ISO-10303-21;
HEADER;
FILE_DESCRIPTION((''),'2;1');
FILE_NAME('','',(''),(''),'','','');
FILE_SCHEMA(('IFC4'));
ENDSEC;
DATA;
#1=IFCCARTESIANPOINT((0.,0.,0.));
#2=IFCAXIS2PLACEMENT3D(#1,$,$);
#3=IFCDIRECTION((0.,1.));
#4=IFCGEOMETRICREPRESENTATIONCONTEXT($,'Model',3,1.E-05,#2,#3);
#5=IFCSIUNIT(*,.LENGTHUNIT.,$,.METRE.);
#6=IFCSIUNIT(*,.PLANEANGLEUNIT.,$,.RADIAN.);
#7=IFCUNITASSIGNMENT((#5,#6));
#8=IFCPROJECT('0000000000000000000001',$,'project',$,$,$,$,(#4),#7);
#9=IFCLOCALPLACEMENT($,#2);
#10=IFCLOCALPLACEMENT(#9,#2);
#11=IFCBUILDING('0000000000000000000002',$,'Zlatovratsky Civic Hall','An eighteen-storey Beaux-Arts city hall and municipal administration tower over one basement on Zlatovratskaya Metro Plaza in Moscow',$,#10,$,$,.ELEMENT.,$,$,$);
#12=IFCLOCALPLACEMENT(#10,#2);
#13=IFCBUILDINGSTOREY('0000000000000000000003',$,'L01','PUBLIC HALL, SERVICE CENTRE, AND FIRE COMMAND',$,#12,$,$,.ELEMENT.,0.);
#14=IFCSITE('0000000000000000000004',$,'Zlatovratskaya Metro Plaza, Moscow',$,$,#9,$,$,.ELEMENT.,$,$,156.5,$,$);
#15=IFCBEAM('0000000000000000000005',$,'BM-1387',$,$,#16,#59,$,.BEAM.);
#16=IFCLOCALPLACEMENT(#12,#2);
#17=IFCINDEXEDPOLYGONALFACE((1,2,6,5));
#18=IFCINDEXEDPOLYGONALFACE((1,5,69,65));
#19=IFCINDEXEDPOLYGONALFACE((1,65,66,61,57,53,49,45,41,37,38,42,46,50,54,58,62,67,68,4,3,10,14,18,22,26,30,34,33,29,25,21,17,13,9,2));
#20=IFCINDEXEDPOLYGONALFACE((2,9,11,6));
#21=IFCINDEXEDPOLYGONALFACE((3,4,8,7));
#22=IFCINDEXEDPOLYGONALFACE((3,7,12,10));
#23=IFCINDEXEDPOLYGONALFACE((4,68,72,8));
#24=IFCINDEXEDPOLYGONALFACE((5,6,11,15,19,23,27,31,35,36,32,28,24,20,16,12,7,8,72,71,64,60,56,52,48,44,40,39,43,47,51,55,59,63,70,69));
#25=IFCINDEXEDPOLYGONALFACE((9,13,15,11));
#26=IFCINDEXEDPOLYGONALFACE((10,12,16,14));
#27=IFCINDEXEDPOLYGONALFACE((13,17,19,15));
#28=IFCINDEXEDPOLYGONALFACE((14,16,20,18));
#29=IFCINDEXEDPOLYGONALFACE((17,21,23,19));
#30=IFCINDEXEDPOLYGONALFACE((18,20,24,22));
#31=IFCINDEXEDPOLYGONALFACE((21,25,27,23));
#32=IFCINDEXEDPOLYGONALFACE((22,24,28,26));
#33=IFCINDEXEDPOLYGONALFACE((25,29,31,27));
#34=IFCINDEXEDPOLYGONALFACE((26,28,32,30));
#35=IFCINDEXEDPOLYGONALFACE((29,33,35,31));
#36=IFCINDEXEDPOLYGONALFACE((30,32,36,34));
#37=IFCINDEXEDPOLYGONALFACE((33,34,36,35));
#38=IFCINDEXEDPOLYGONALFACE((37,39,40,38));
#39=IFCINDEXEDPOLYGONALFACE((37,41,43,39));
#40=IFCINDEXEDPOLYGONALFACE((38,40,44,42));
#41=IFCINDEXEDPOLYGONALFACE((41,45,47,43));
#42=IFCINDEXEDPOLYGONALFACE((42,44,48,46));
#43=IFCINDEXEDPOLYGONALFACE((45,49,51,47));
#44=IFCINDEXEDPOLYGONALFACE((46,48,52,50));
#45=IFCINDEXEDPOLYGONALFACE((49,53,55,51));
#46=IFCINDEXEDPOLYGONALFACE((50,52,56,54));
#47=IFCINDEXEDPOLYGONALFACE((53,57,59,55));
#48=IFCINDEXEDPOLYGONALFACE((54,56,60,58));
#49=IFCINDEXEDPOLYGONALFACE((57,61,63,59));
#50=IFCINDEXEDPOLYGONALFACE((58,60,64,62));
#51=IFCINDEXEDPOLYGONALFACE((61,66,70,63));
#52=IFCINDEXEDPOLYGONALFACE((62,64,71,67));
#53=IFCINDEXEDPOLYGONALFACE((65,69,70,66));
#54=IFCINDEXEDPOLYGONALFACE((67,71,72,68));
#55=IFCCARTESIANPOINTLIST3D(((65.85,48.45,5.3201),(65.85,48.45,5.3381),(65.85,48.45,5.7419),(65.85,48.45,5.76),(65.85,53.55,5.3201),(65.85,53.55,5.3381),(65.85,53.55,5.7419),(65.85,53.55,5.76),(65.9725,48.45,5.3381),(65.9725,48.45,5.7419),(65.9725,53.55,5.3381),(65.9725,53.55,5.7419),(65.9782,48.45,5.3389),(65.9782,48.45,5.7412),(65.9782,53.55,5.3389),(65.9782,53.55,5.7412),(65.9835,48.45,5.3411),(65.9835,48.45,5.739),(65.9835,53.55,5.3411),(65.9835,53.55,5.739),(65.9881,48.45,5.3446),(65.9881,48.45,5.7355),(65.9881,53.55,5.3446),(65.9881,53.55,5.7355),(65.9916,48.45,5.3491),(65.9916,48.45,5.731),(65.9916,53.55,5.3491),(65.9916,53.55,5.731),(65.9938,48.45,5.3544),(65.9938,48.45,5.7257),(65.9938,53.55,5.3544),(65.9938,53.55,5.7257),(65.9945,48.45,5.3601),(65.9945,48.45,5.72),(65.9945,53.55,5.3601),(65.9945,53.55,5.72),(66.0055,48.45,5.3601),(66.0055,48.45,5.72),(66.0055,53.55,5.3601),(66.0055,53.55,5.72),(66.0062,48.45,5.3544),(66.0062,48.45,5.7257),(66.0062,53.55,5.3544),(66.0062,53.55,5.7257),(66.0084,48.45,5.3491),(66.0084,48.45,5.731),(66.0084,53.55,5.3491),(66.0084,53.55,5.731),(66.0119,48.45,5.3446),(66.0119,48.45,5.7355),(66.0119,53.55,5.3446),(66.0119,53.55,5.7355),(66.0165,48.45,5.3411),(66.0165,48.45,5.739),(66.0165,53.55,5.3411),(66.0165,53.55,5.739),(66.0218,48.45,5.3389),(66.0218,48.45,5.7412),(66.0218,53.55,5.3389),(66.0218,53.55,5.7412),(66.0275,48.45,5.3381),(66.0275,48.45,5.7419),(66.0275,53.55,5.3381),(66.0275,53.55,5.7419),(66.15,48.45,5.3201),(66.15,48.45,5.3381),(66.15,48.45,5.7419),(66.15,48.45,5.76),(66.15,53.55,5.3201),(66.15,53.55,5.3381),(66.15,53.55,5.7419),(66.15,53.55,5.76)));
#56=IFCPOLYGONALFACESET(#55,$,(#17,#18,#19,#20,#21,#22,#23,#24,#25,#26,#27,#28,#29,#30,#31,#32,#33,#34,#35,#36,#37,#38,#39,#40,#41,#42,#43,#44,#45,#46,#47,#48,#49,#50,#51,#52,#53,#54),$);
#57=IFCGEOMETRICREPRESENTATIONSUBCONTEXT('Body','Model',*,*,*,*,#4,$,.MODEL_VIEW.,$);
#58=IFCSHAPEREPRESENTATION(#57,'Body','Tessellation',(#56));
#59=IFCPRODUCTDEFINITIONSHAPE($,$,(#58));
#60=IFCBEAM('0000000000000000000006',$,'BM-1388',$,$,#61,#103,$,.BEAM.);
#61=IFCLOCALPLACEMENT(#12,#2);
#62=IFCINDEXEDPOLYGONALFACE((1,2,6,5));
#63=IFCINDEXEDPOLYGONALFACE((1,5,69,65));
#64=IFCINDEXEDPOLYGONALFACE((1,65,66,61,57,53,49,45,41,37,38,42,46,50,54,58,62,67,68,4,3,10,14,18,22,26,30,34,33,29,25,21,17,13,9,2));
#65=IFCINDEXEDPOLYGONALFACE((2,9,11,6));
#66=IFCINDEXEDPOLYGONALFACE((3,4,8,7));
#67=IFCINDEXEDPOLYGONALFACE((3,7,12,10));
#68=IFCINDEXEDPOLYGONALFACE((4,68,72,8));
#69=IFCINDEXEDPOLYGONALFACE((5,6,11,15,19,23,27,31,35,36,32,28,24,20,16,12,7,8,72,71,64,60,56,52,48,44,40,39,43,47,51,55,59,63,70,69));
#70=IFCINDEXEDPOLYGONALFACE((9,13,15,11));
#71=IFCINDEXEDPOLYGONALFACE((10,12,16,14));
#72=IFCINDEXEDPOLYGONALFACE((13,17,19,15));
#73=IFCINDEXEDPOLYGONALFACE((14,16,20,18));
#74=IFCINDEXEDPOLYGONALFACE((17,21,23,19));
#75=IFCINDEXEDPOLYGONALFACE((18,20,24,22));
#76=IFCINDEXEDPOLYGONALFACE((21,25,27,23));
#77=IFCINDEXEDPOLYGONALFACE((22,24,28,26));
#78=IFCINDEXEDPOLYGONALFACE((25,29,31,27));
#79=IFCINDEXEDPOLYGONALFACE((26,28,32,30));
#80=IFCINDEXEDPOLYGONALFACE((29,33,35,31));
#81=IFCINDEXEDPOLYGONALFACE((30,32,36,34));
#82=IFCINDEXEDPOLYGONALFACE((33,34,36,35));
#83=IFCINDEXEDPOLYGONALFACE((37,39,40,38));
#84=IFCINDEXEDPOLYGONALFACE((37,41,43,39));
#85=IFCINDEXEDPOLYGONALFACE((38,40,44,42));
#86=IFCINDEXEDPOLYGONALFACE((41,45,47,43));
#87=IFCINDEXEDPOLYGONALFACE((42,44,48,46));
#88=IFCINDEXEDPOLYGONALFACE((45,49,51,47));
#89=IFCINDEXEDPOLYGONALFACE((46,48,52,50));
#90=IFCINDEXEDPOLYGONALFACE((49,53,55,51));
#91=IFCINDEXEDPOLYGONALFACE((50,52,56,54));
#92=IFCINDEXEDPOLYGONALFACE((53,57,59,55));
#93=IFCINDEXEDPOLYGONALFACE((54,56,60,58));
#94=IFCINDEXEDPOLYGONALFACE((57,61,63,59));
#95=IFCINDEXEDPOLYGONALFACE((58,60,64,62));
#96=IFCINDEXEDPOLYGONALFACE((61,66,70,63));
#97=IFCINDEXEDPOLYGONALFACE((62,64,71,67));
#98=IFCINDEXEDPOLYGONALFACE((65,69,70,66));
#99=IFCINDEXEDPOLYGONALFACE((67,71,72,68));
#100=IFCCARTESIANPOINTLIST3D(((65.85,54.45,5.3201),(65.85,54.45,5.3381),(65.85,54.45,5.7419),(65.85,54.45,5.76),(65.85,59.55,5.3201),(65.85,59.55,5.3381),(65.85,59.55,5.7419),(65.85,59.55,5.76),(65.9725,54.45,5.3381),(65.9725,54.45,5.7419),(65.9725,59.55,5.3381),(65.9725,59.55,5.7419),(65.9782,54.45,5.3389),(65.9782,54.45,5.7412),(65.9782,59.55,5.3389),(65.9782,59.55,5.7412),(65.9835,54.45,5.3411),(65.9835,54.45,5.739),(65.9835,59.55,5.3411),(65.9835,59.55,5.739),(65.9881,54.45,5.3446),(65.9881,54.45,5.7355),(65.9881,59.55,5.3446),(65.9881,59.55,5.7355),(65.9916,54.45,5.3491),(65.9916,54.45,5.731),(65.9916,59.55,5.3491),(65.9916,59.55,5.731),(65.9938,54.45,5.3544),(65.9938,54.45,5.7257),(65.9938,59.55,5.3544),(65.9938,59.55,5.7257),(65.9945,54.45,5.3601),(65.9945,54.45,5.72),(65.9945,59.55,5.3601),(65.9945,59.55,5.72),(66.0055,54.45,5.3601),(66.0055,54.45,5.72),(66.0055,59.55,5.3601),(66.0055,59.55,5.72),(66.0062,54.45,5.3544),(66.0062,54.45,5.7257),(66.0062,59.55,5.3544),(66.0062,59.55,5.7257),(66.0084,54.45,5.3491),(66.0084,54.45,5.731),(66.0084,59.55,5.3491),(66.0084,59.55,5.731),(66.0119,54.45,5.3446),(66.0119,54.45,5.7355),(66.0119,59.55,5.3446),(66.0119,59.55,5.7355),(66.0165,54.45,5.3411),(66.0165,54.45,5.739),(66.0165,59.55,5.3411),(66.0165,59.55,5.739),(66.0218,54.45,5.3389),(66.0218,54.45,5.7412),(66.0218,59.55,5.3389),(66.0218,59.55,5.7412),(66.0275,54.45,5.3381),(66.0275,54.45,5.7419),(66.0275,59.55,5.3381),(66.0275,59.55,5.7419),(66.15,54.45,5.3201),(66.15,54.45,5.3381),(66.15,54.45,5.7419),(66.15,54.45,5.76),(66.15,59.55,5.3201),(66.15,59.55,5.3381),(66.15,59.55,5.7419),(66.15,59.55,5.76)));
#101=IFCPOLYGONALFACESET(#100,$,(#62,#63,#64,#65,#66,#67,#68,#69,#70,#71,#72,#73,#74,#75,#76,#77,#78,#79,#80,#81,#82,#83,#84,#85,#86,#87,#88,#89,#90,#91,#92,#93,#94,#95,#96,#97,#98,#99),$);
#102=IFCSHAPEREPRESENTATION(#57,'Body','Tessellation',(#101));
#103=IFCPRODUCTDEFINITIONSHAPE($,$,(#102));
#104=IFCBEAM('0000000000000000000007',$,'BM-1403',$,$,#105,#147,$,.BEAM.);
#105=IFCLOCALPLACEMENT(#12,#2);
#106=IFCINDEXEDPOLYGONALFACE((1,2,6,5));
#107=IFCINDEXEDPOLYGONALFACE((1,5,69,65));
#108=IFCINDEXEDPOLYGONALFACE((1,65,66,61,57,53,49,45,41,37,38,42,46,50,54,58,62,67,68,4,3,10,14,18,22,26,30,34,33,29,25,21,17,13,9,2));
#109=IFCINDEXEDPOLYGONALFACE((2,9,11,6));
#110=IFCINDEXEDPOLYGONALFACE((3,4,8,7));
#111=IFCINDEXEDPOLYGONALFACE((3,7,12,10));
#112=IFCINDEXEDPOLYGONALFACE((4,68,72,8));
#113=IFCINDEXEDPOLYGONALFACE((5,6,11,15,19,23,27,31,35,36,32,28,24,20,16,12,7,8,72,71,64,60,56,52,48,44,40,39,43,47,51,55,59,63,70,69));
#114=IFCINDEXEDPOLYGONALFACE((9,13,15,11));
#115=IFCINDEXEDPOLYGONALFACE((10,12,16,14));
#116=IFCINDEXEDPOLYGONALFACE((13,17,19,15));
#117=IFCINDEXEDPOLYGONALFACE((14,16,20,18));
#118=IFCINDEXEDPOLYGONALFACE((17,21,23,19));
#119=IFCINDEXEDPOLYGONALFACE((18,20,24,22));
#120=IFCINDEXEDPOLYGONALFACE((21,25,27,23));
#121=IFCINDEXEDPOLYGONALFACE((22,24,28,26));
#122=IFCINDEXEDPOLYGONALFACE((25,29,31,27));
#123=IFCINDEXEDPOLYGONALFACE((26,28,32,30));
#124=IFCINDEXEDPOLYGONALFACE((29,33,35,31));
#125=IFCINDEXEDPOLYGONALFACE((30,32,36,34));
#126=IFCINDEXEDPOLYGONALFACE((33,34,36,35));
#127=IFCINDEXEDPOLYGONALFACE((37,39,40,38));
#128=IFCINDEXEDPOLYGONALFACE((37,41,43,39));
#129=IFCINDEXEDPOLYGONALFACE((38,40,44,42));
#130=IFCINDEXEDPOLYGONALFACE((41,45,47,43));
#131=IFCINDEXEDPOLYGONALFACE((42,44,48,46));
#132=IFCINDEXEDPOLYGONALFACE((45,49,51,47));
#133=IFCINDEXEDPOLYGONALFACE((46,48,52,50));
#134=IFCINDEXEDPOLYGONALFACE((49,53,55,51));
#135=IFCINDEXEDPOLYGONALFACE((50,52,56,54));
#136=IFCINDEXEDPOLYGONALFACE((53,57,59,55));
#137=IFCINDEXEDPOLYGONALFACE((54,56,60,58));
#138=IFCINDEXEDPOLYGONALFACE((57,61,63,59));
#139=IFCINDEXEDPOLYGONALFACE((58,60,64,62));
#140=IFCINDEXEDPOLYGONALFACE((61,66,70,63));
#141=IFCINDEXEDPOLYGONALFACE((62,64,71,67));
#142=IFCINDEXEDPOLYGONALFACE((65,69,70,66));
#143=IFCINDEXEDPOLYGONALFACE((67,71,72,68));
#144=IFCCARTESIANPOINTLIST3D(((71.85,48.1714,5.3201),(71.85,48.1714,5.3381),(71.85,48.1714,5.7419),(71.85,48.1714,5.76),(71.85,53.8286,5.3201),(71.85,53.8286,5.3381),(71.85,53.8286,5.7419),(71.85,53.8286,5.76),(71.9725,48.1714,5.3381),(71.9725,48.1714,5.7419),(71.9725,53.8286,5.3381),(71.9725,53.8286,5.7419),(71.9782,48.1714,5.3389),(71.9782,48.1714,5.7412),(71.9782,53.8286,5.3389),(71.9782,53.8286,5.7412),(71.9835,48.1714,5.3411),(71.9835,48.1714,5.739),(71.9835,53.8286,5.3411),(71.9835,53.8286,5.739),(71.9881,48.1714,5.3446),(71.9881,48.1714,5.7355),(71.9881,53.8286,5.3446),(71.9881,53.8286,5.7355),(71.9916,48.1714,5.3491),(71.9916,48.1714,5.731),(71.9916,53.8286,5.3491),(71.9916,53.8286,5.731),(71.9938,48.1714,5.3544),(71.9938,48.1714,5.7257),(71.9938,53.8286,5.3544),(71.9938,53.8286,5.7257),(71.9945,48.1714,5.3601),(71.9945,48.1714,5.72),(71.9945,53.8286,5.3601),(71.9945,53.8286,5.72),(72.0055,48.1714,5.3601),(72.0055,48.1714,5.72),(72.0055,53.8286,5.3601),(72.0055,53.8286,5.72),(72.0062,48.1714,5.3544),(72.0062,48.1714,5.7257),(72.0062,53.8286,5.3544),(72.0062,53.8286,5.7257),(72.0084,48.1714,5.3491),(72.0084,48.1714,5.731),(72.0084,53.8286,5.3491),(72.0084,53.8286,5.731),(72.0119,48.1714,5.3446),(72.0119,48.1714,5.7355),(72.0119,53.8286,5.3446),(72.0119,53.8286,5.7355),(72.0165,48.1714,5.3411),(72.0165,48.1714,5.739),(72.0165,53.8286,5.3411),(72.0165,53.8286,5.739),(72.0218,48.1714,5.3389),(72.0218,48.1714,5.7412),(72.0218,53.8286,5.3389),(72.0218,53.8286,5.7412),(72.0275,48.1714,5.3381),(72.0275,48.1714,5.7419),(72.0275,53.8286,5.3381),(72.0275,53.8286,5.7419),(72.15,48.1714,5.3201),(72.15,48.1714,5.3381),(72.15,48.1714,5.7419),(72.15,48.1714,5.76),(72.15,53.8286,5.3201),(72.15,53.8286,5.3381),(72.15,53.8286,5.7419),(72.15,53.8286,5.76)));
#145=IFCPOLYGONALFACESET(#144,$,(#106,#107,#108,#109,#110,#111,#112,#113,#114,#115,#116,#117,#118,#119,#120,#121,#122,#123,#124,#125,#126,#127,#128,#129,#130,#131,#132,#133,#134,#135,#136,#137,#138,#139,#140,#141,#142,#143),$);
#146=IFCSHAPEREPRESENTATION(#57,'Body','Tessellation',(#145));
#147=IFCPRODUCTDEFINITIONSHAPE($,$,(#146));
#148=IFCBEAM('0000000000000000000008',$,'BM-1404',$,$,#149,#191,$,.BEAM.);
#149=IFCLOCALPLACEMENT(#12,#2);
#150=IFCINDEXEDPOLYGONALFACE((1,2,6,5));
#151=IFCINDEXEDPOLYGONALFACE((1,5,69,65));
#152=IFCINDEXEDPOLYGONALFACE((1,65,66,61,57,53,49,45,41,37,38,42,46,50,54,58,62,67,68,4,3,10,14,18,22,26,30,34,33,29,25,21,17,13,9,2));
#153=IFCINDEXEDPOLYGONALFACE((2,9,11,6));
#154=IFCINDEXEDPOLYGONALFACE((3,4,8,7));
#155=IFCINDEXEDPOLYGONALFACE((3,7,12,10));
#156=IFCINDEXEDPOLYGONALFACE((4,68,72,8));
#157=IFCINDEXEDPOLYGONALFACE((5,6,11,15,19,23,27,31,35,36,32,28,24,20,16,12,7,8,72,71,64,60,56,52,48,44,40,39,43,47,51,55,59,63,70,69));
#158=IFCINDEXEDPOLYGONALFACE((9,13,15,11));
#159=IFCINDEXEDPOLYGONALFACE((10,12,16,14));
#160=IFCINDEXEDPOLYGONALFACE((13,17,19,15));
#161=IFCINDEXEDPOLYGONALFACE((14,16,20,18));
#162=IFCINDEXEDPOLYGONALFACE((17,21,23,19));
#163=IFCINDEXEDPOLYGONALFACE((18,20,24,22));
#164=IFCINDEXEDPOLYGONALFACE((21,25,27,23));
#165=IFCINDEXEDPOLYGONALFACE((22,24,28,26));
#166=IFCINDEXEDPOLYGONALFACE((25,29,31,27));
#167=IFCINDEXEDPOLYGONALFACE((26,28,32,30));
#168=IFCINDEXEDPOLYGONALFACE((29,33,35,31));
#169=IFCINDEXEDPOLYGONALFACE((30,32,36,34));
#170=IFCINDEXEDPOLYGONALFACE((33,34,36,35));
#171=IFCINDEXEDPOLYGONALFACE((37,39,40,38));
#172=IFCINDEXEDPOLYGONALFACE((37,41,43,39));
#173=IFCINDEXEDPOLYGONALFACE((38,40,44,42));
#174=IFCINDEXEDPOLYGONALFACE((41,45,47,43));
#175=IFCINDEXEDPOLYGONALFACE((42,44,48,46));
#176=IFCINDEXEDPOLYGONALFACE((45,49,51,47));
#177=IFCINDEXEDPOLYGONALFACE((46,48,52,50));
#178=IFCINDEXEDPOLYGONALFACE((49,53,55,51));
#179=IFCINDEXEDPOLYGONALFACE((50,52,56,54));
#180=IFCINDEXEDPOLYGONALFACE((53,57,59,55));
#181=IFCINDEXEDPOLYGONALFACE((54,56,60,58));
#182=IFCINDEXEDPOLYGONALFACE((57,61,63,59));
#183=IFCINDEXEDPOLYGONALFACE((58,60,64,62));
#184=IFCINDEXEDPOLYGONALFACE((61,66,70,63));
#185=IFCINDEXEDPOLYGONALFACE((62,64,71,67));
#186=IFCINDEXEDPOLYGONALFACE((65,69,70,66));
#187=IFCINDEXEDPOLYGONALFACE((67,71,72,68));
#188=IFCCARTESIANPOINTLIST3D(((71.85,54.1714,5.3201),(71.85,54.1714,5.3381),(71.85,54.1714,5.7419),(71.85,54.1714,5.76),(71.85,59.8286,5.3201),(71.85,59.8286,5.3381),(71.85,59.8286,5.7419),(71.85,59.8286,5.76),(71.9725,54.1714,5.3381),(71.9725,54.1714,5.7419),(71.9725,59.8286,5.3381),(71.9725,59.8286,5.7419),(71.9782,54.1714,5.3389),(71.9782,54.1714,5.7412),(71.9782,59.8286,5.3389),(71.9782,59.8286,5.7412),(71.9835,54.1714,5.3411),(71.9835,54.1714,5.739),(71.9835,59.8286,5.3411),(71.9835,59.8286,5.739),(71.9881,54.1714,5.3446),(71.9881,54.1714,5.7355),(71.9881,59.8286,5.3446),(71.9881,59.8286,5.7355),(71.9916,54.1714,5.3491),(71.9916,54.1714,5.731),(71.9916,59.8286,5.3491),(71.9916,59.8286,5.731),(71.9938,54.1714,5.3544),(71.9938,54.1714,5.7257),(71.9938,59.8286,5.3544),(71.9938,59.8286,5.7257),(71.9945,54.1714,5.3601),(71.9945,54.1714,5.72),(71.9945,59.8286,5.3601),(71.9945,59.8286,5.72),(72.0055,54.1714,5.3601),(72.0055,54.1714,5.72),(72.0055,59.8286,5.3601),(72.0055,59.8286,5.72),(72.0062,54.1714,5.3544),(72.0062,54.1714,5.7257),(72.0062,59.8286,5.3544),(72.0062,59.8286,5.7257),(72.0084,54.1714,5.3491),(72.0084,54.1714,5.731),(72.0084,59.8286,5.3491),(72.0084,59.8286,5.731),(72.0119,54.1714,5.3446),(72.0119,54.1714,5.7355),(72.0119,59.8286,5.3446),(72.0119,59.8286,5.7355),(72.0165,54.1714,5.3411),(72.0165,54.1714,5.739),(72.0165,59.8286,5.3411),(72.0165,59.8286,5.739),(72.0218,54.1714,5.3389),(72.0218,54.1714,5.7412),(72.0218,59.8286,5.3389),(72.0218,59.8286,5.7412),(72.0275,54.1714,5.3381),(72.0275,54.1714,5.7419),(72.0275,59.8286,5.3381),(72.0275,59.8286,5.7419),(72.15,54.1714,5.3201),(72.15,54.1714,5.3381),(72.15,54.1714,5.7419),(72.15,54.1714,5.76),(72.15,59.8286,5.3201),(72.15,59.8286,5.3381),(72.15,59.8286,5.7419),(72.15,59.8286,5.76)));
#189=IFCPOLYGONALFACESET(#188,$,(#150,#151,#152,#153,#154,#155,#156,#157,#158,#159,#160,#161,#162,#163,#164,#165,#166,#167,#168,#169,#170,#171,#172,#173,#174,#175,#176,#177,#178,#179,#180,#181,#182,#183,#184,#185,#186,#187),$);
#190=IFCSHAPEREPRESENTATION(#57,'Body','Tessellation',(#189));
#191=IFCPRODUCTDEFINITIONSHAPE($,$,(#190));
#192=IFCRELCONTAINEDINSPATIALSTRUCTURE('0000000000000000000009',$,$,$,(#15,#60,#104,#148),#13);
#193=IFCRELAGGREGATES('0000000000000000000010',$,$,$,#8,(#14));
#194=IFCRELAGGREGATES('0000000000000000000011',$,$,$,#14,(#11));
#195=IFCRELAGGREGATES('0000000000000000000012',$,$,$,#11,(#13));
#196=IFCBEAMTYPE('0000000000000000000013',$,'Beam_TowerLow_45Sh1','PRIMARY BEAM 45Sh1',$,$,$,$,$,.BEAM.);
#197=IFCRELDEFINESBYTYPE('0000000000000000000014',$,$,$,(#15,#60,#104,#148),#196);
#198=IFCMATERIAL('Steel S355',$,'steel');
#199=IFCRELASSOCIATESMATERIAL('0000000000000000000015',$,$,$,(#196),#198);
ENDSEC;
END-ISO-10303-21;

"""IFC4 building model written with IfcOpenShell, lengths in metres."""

from ifc_helpers import new_model, si_unit, direction, frame, origin, origin_2d, place, context, subcontext, project, spatial, i_section, extrude, material, material_profile, profile_set, type_object, element, save


model = new_model("IFC4")

# Units and contexts
model_context = context("Model", 3, precision=1e-05, world=origin(), true_north=direction((0.0, 1.0)))
body_context = subcontext(model_context, "Body", "Model", "MODEL_VIEW")
ifc_project = project(units=[si_unit("LENGTHUNIT", "METRE"), si_unit("PLANEANGLEUNIT", "RADIAN")], contexts=[model_context])

# Site, building, storey
site_placement = place(None, origin())
site = spatial("IfcSite", under=ifc_project, at=site_placement, Name="Zlatovratskaya Metro Plaza, Moscow", CompositionType="ELEMENT", RefElevation=156.5)
building_placement = place(site_placement, origin())
building = spatial("IfcBuilding", under=site, at=building_placement, Name="Zlatovratsky Civic Hall", Description="An eighteen-storey Beaux-Arts city hall and municipal administration tower over one basement on Zlatovratskaya Metro Plaza in Moscow", CompositionType="ELEMENT")
storey_placement = place(building_placement, origin())
storey = spatial("IfcBuildingStorey", under=building, at=storey_placement, Name="L01", Description="PUBLIC HALL, SERVICE CENTRE, AND FIRE COMMAND", CompositionType="ELEMENT", Elevation=0.0)

# Shared definitions
ifc_material_1 = material(Name="Steel S355", Category="steel")

# Beams
ifc_material_profile_1 = material_profile(ifc_material_1, i_section(OverallWidth=0.3, OverallDepth=0.4399, WebThickness=0.011, FlangeThickness=0.0181, FilletRadius=0.022, at=origin_2d()), Name="45Sh1")
ifc_profile_set_1 = profile_set([ifc_material_profile_1], Name="Steel S355")
beam_type = type_object("IfcBeamType", Name="Beam_TowerLow_45Sh1", Description="PRIMARY BEAM 45Sh1", PredefinedType="BEAM", material=ifc_profile_set_1)
for number, where, z_axis, x_axis, name in (
    (1, (66.0, 48.45, 5.54), (0.0, 1.0, 0.0), (-1.0, 0.0, 0.0), "BM-1387"),
    (2, (66.0, 54.45, 5.54), (0.0, 1.0, 0.0), (-1.0, 0.0, 0.0), "BM-1388"),
):
    element("IfcBeam", number, at=place(storey_placement, frame(where, z_axis=z_axis, x_axis=x_axis)), inside=storey, type_object=beam_type, Name=name, PredefinedType="BEAM", context=body_context, shape_type="SweptSolid", body=[
        extrude(i_section(OverallWidth=0.3, OverallDepth=0.4399, WebThickness=0.011, FlangeThickness=0.0181, FilletRadius=0.022, at=origin_2d()), origin(), (0.0, 0.0, 1.0), 5.1001),
    ])
for number, where, z_axis, x_axis, name in (
    (3, (72.0, 48.1714, 5.54), (0.0, 1.0, 0.0), (-1.0, 0.0, 0.0), "BM-1403"),
    (4, (72.0, 54.1714, 5.54), (0.0, 1.0, 0.0), (-1.0, 0.0, 0.0), "BM-1404"),
):
    element("IfcBeam", number, at=place(storey_placement, frame(where, z_axis=z_axis, x_axis=x_axis)), inside=storey, type_object=beam_type, Name=name, PredefinedType="BEAM", context=body_context, shape_type="SweptSolid", body=[
        extrude(i_section(OverallWidth=0.3, OverallDepth=0.4399, WebThickness=0.011, FlangeThickness=0.0181, FilletRadius=0.022, at=origin_2d()), origin(), (0.0, 0.0, 1.0), 5.6572),
    ])

save(model, "model.ifc")
